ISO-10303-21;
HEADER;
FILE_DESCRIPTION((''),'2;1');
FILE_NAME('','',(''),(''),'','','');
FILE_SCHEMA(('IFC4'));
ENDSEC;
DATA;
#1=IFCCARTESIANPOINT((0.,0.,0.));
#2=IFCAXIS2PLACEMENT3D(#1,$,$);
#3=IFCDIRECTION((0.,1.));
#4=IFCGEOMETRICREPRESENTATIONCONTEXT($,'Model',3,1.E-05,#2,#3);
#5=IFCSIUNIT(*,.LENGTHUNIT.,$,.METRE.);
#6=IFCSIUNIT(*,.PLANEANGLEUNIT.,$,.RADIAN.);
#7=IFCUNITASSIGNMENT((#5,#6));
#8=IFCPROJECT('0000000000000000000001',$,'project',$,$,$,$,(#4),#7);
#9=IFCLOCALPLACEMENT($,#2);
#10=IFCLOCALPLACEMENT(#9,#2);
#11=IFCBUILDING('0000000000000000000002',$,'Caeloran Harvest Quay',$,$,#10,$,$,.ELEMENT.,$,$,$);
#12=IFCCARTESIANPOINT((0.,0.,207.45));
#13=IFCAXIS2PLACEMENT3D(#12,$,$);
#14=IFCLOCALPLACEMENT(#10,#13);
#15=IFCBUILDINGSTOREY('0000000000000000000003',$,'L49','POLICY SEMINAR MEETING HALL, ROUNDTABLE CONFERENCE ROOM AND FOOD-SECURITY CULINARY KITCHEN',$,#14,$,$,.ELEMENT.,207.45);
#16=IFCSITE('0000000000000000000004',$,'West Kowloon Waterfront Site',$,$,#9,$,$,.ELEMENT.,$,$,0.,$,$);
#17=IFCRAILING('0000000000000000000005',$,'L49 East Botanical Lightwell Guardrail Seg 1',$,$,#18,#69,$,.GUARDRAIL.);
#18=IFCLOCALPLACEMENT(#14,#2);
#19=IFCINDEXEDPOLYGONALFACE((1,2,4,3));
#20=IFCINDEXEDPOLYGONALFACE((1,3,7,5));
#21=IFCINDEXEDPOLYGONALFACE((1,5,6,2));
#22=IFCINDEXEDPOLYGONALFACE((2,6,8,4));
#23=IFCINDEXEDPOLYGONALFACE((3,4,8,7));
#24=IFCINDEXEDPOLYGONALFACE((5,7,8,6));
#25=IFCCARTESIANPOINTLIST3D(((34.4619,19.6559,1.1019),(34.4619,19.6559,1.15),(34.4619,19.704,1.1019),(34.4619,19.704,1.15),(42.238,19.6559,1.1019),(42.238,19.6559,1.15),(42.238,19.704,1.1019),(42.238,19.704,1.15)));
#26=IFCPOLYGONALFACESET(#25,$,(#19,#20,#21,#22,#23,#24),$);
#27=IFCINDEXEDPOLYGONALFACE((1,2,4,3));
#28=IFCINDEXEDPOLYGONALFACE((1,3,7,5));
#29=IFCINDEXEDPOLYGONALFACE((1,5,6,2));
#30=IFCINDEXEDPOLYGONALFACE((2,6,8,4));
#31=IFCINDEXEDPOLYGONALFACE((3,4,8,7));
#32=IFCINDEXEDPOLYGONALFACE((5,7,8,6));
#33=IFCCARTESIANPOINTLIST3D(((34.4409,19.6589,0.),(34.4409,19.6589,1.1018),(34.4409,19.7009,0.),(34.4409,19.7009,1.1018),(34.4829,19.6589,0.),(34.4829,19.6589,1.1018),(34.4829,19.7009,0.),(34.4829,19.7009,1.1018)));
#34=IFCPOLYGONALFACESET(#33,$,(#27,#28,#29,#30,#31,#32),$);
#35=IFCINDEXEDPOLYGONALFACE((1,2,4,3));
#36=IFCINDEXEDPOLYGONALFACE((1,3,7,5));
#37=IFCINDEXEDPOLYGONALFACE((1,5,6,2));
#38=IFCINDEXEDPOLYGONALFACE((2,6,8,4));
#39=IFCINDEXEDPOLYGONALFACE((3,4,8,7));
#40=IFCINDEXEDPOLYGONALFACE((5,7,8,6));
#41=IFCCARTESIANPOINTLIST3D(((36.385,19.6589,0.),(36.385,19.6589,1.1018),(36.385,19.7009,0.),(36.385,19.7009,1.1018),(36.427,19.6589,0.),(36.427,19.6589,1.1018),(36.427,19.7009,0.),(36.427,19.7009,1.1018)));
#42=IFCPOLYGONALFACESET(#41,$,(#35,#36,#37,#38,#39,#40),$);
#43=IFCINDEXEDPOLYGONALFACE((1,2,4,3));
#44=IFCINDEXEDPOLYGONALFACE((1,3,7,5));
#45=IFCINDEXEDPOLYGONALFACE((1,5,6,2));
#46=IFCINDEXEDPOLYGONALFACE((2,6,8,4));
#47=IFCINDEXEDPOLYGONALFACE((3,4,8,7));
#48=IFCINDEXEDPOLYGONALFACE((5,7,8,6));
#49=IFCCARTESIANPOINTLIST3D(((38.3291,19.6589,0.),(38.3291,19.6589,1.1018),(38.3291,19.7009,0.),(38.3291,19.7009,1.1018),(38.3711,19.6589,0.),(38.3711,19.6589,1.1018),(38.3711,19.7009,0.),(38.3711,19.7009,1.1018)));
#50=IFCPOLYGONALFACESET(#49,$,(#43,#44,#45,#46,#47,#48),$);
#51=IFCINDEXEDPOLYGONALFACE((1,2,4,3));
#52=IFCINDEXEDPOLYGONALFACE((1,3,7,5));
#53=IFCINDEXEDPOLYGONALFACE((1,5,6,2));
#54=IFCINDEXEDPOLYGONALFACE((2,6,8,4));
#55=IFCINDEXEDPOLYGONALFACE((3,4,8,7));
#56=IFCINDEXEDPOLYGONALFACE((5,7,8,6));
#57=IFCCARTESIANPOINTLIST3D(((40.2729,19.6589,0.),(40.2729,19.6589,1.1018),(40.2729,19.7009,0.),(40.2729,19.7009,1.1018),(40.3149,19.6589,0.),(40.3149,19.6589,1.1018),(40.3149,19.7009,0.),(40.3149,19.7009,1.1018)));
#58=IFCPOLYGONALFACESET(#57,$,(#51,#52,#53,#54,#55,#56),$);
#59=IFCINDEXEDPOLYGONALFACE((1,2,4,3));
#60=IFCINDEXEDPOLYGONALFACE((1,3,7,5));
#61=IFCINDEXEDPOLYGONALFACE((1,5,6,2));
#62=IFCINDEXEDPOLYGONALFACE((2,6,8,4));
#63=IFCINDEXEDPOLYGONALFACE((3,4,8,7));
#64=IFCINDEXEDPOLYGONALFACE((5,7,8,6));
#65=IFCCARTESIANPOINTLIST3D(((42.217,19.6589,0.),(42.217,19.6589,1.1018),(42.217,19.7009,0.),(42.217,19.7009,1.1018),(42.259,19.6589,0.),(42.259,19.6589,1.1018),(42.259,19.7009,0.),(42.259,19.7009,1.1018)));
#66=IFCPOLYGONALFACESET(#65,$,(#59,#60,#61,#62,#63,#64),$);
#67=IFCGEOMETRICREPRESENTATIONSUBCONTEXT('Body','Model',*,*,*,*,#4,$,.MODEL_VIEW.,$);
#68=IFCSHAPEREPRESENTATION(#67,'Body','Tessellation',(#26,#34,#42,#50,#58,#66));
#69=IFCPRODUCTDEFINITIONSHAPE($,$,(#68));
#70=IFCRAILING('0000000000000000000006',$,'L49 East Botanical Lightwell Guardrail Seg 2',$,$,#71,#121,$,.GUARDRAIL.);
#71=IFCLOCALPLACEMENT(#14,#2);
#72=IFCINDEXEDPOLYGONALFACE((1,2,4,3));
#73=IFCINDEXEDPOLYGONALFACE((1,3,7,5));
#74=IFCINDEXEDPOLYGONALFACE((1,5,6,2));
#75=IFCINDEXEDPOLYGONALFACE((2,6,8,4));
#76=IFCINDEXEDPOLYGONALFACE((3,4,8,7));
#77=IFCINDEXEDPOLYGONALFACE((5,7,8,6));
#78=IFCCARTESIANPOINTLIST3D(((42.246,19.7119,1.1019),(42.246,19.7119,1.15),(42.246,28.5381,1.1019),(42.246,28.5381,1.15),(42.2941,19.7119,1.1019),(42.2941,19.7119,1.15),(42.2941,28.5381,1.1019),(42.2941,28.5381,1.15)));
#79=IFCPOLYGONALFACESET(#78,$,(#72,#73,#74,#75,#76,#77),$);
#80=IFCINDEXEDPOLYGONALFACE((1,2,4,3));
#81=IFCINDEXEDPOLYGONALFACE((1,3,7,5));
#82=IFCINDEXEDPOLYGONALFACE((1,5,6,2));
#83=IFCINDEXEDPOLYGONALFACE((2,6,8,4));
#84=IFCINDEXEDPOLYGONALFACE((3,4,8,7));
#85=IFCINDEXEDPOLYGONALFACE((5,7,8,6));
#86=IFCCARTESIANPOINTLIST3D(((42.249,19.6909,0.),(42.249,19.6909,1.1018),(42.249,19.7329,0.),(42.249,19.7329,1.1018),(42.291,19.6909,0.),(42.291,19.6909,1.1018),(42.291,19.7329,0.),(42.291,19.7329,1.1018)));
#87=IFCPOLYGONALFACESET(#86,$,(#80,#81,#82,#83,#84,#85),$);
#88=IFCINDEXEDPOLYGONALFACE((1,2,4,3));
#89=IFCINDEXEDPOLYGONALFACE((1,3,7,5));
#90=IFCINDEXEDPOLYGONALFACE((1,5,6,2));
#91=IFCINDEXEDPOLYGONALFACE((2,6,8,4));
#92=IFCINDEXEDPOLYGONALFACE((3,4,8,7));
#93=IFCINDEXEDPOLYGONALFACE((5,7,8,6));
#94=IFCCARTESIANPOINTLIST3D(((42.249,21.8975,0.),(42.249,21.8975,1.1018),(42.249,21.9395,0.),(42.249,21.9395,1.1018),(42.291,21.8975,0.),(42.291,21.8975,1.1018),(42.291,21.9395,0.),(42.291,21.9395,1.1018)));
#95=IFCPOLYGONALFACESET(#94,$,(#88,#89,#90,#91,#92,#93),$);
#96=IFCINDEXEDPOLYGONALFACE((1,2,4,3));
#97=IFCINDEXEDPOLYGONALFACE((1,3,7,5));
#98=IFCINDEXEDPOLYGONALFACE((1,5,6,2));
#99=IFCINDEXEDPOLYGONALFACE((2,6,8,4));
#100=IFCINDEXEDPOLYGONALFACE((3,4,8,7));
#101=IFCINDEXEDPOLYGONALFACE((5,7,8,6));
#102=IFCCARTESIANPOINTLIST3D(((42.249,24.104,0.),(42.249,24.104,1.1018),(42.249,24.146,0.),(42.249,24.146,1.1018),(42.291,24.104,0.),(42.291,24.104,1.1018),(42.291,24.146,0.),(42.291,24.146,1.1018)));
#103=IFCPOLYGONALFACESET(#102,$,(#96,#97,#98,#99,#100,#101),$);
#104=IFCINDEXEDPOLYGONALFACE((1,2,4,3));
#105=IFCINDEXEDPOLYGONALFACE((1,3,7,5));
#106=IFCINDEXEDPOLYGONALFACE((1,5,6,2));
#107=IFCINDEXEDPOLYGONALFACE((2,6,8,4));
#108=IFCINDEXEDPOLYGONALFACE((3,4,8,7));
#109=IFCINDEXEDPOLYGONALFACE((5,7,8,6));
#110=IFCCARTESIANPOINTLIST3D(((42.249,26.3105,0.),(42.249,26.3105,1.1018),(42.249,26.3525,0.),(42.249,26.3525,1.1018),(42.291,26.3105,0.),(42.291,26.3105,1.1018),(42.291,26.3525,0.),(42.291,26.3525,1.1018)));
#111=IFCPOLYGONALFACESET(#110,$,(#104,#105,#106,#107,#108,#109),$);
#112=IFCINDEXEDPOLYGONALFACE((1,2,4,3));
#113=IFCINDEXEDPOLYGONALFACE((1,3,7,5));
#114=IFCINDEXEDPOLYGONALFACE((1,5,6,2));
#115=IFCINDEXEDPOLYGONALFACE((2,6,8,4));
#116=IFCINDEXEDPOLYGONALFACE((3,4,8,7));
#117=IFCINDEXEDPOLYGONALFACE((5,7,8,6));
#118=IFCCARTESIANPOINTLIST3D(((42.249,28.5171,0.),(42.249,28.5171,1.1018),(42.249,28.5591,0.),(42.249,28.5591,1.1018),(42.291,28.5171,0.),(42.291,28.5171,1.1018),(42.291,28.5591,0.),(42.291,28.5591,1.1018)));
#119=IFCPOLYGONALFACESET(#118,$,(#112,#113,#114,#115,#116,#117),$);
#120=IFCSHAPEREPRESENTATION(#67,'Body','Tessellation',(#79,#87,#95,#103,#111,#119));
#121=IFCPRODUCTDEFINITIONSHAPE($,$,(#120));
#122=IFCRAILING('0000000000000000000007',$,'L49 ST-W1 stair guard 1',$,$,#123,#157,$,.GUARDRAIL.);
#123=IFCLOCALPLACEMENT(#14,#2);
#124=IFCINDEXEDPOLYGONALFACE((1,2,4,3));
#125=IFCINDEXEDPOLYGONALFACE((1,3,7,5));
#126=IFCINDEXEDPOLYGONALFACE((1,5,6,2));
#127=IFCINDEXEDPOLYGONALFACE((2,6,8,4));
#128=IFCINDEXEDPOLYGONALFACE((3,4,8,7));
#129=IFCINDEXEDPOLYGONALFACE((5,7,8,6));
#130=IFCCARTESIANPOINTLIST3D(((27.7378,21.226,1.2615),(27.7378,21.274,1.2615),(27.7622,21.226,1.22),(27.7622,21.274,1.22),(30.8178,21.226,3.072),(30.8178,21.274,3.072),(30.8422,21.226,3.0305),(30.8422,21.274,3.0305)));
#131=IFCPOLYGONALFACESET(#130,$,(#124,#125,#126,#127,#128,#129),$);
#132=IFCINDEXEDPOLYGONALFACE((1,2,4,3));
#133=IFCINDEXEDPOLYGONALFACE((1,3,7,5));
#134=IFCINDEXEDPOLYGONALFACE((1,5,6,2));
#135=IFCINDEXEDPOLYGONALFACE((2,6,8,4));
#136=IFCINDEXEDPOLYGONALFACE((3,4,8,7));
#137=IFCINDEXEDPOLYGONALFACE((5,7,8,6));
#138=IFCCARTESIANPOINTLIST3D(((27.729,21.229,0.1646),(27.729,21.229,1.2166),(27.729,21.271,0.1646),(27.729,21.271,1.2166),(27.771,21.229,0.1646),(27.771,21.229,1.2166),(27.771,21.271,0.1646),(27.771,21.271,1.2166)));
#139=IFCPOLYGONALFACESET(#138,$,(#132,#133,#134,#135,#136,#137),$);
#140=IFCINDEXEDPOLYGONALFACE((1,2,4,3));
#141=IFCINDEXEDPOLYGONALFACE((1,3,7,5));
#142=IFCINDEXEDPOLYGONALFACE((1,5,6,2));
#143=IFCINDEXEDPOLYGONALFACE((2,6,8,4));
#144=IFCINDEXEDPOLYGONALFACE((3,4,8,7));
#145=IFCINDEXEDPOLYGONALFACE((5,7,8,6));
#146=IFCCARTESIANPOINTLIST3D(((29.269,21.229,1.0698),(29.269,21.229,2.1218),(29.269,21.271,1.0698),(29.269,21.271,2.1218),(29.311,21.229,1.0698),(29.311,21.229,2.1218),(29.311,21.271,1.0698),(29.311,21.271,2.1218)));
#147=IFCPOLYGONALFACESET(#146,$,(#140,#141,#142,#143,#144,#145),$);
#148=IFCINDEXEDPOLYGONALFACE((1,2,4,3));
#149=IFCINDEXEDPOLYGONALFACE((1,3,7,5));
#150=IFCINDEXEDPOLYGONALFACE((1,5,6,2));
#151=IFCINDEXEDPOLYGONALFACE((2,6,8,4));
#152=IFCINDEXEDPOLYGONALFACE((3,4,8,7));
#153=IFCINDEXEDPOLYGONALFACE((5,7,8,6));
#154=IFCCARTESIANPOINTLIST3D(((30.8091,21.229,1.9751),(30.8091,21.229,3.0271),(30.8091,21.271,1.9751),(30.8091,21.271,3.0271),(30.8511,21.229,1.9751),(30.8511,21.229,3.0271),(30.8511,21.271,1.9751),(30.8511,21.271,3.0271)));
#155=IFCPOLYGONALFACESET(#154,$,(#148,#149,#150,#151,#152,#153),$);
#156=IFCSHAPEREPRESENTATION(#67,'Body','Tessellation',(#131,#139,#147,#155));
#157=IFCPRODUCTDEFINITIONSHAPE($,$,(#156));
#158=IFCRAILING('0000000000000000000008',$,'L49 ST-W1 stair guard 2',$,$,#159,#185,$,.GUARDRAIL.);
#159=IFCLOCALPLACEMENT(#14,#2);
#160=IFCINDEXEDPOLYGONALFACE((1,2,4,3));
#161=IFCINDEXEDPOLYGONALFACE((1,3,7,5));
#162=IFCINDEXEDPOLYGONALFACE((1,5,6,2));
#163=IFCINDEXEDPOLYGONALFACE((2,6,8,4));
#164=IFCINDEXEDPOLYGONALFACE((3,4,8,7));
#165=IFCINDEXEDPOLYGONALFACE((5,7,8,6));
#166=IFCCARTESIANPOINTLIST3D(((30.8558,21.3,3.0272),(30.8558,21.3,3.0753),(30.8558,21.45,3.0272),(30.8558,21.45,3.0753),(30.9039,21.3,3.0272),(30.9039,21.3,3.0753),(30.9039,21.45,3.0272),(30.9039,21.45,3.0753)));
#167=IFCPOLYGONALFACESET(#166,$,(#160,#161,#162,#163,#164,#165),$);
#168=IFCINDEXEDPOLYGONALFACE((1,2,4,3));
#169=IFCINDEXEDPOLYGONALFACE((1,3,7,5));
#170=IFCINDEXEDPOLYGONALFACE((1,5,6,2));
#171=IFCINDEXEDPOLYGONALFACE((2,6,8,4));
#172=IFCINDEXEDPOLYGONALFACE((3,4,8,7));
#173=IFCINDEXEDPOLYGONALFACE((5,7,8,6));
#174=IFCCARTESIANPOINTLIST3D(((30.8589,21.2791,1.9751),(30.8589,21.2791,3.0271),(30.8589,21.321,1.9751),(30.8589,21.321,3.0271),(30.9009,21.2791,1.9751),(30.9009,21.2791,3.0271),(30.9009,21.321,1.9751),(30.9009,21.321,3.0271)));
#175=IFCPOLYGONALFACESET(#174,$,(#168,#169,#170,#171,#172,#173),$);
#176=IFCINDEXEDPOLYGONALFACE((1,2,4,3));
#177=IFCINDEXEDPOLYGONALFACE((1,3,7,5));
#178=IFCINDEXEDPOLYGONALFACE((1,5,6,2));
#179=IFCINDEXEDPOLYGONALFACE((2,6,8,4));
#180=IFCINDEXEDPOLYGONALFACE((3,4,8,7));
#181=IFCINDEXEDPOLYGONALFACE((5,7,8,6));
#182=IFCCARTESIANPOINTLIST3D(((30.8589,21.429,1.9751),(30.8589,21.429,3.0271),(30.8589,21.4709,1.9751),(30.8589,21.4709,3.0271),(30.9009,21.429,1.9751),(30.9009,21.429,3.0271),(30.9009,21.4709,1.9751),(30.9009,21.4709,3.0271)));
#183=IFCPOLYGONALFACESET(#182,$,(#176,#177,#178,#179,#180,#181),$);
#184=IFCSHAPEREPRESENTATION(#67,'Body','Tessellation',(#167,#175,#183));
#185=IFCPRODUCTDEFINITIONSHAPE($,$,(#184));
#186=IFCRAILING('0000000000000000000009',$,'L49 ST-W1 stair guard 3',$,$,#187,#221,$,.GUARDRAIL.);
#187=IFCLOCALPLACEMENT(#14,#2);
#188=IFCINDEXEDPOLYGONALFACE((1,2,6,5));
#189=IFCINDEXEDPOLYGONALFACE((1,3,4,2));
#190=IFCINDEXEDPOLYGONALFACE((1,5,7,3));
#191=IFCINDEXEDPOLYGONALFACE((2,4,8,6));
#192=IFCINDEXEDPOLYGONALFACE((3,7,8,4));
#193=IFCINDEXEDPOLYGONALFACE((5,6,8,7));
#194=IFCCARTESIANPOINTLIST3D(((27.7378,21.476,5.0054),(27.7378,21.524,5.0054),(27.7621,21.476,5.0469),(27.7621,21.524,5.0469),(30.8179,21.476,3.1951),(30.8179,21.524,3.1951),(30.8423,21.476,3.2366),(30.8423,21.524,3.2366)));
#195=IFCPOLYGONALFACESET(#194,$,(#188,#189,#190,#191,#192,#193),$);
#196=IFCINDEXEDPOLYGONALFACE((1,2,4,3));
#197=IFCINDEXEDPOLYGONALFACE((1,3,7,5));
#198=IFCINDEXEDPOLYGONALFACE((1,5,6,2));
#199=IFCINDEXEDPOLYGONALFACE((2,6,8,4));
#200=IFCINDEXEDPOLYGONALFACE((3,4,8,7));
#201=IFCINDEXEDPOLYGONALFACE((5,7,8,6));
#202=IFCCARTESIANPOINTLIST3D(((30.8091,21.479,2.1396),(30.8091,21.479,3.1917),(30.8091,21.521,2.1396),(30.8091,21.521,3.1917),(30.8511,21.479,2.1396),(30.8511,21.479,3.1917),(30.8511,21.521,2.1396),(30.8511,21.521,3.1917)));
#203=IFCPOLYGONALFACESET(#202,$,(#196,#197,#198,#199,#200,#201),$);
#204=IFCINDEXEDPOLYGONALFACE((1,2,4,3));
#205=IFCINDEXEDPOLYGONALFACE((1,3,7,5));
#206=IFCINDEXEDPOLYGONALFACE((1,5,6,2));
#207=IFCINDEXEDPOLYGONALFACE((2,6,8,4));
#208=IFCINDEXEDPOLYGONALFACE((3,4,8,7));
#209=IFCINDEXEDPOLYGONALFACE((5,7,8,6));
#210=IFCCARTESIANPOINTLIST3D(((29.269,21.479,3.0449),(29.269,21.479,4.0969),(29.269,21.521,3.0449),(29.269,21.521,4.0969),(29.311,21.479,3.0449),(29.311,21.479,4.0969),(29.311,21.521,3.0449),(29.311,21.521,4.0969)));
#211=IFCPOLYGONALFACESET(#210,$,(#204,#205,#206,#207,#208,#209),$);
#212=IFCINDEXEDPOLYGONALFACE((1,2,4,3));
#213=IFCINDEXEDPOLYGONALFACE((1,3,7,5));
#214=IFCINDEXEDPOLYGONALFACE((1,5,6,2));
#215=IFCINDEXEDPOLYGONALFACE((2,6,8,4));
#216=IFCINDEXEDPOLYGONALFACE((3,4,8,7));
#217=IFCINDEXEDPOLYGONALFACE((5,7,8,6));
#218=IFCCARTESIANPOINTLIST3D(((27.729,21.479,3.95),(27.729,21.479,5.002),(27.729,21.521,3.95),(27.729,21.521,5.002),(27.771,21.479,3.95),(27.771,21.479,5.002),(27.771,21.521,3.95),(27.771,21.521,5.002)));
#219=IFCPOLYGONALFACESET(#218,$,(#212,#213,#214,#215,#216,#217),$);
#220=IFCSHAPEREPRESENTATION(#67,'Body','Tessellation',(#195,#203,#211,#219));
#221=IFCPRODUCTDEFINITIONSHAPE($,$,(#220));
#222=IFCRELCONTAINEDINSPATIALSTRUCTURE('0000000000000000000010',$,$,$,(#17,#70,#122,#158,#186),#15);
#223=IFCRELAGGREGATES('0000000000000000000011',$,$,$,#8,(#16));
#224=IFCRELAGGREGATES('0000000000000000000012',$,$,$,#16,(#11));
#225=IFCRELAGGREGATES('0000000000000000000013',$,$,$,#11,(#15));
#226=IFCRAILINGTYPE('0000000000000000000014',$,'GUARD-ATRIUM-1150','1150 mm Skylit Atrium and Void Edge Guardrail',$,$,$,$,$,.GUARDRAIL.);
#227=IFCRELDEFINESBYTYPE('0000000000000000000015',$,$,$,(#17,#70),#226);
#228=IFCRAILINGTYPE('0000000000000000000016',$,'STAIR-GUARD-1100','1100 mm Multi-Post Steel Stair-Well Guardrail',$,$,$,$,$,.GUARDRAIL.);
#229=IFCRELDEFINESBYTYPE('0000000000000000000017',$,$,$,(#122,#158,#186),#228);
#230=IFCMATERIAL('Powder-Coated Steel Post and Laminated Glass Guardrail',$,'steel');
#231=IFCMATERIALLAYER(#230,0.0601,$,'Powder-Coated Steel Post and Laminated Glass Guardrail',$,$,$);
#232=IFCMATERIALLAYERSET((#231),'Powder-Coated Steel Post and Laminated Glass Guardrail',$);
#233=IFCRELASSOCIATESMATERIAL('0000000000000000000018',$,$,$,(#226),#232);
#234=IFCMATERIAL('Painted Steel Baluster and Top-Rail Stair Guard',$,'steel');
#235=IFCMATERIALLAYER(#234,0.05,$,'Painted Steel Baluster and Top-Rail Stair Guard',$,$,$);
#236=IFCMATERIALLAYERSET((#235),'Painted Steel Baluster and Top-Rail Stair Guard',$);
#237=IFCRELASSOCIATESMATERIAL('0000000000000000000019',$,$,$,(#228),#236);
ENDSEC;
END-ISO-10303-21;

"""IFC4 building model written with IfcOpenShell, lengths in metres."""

from ifc_helpers import new_model, si_unit, direction, frame, origin, origin_2d, place, context, subcontext, project, spatial, rectangle, extrude, material, layer, layer_set, type_object, element, save


model = new_model("IFC4")

# Units and contexts
model_context = context("Model", 3, precision=1e-05, world=origin(), true_north=direction((0.0, 1.0)))
body_context = subcontext(model_context, "Body", "Model", "MODEL_VIEW")
ifc_project = project(units=[si_unit("LENGTHUNIT", "METRE"), si_unit("PLANEANGLEUNIT", "RADIAN")], contexts=[model_context])

# Site, building, storey
site_placement = place(None, origin())
site = spatial("IfcSite", under=ifc_project, at=site_placement, Name="West Kowloon Waterfront Site", CompositionType="ELEMENT", RefElevation=0.0)
building_placement = place(site_placement, origin())
building = spatial("IfcBuilding", under=site, at=building_placement, Name="Caeloran Harvest Quay", CompositionType="ELEMENT")
storey_placement = place(building_placement, frame((0.0, 0.0, 207.45)))
storey = spatial("IfcBuildingStorey", under=building, at=storey_placement, Name="L49", Description="POLICY SEMINAR MEETING HALL, ROUNDTABLE CONFERENCE ROOM AND FOOD-SECURITY CULINARY KITCHEN", CompositionType="ELEMENT", Elevation=207.45)

# Railings
ifc_material_1 = material(Name="Powder-Coated Steel Post and Laminated Glass Guardrail", Category="steel")
ifc_layer_1 = layer(ifc_material_1, 0.0601, Name="Powder-Coated Steel Post and Laminated Glass Guardrail")
ifc_layer_set_1 = layer_set([ifc_layer_1], Name="Powder-Coated Steel Post and Laminated Glass Guardrail")
railing_type_1 = type_object("IfcRailingType", Name="GUARD-ATRIUM-1150", Description="1150 mm Skylit Atrium and Void Edge Guardrail", PredefinedType="GUARDRAIL", material=ifc_layer_set_1)
railing_1_placement = place(storey_placement, frame((34.4619, 19.6799, 0.0)))
element("IfcRailing", 1, at=railing_1_placement, inside=storey, type_object=railing_type_1, Name="L49 East Botanical Lightwell Guardrail Seg 1", PredefinedType="GUARDRAIL", context=body_context, shape_type="SweptSolid", body=[
    extrude(rectangle(XDim=0.0481, YDim=0.0481, at=origin_2d()), frame((0.0, 0.0, 1.126), z_axis=(1.0, 0.0, 0.0), x_axis=(0.0, 1.0, 0.0)), (0.0, 0.0, 1.0), 7.7761),
    extrude(rectangle(XDim=0.042, YDim=0.042, at=origin_2d()), origin(), (0.0, 0.0, 1.0), 1.1018),
    extrude(rectangle(XDim=0.042, YDim=0.042, at=origin_2d()), frame((1.9441, 0.0, 0.0)), (0.0, 0.0, 1.0), 1.1018),
    extrude(rectangle(XDim=0.042, YDim=0.042, at=origin_2d()), frame((3.8882, 0.0, 0.0)), (0.0, 0.0, 1.0), 1.1018),
    extrude(rectangle(XDim=0.042, YDim=0.042, at=origin_2d()), frame((5.832, 0.0, 0.0)), (0.0, 0.0, 1.0), 1.1018),
    extrude(rectangle(XDim=0.042, YDim=0.042, at=origin_2d()), frame((7.7761, 0.0, 0.0)), (0.0, 0.0, 1.0), 1.1018),
])
railing_2_placement = place(storey_placement, frame((42.27, 19.7119, 0.0)))
element("IfcRailing", 2, at=railing_2_placement, inside=storey, type_object=railing_type_1, Name="L49 East Botanical Lightwell Guardrail Seg 2", PredefinedType="GUARDRAIL", context=body_context, shape_type="SweptSolid", body=[
    extrude(rectangle(XDim=0.0481, YDim=0.0481, at=origin_2d()), frame((0.0, 0.0, 1.126), z_axis=(0.0, 1.0, 0.0), x_axis=(-1.0, 0.0, 0.0)), (0.0, 0.0, 1.0), 8.8262),
    extrude(rectangle(XDim=0.042, YDim=0.042, at=origin_2d()), origin(), (0.0, 0.0, 1.0), 1.1018),
    extrude(rectangle(XDim=0.042, YDim=0.042, at=origin_2d()), frame((0.0, 2.2065, 0.0)), (0.0, 0.0, 1.0), 1.1018),
    extrude(rectangle(XDim=0.042, YDim=0.042, at=origin_2d()), frame((0.0, 4.4131, 0.0)), (0.0, 0.0, 1.0), 1.1018),
    extrude(rectangle(XDim=0.042, YDim=0.042, at=origin_2d()), frame((0.0, 6.6196, 0.0)), (0.0, 0.0, 1.0), 1.1018),
    extrude(rectangle(XDim=0.042, YDim=0.042, at=origin_2d()), frame((0.0, 8.8262, 0.0)), (0.0, 0.0, 1.0), 1.1018),
])
ifc_material_2 = material(Name="Painted Steel Baluster and Top-Rail Stair Guard", Category="steel")
ifc_layer_2 = layer(ifc_material_2, 0.05, Name="Painted Steel Baluster and Top-Rail Stair Guard")
ifc_layer_set_2 = layer_set([ifc_layer_2], Name="Painted Steel Baluster and Top-Rail Stair Guard")
railing_type_2 = type_object("IfcRailingType", Name="STAIR-GUARD-1100", Description="1100 mm Multi-Post Steel Stair-Well Guardrail", PredefinedType="GUARDRAIL", material=ifc_layer_set_2)
railing_3_placement = place(storey_placement, frame((27.75, 21.25, 0.1646)))
element("IfcRailing", 3, at=railing_3_placement, inside=storey, type_object=railing_type_2, Name="L49 ST-W1 stair guard 1", PredefinedType="GUARDRAIL", context=body_context, shape_type="SweptSolid", body=[
    extrude(rectangle(XDim=0.0481, YDim=0.0481, at=origin_2d()), frame((0.0, 0.0, 1.0762), z_axis=(0.862089, 0.0, 0.506757), x_axis=(0.0, 1.0, 0.0)), (0.0, 0.0, 1.0), 3.5728),
    extrude(rectangle(XDim=0.042, YDim=0.042, at=origin_2d()), origin(), (0.0, 0.0, 1.0), 1.052),
    extrude(rectangle(XDim=0.042, YDim=0.042, at=origin_2d()), frame((1.54, 0.0, 0.9053)), (0.0, 0.0, 1.0), 1.052),
    extrude(rectangle(XDim=0.042, YDim=0.042, at=origin_2d()), frame((3.0801, 0.0, 1.8105)), (0.0, 0.0, 1.0), 1.052),
])
railing_4_placement = place(storey_placement, frame((30.8799, 21.3, 1.9751)))
element("IfcRailing", 4, at=railing_4_placement, inside=storey, type_object=railing_type_2, Name="L49 ST-W1 stair guard 2", PredefinedType="GUARDRAIL", context=body_context, shape_type="SweptSolid", body=[
    extrude(rectangle(XDim=0.0481, YDim=0.0481, at=origin_2d()), frame((0.0, 0.0, 1.0762), z_axis=(0.0, 1.0, 0.0), x_axis=(-1.0, 0.0, 0.0)), (0.0, 0.0, 1.0), 0.1499),
    extrude(rectangle(XDim=0.042, YDim=0.042, at=origin_2d()), origin(), (0.0, 0.0, 1.0), 1.052),
    extrude(rectangle(XDim=0.042, YDim=0.042, at=origin_2d()), frame((0.0, 0.1499, 0.0)), (0.0, 0.0, 1.0), 1.052),
])
railing_5_placement = place(storey_placement, frame((30.8301, 21.5, 2.1396)))
element("IfcRailing", 5, at=railing_5_placement, inside=storey, type_object=railing_type_2, Name="L49 ST-W1 stair guard 3", PredefinedType="GUARDRAIL", context=body_context, shape_type="SweptSolid", body=[
    extrude(rectangle(XDim=0.0481, YDim=0.0481, at=origin_2d()), frame((0.0, 0.0, 1.0762), z_axis=(-0.862119, 0.0, 0.506707), x_axis=(0.0, -1.0, 0.0)), (0.0, 0.0, 1.0), 3.5728),
    extrude(rectangle(XDim=0.042, YDim=0.042, at=origin_2d()), origin(), (0.0, 0.0, 1.0), 1.052),
    extrude(rectangle(XDim=0.042, YDim=0.042, at=origin_2d()), frame((-1.54, 0.0, 0.9053)), (0.0, 0.0, 1.0), 1.052),
    extrude(rectangle(XDim=0.042, YDim=0.042, at=origin_2d()), frame((-3.0801, 0.0, 1.8103)), (0.0, 0.0, 1.0), 1.052),
])

save(model, "model.ifc")
